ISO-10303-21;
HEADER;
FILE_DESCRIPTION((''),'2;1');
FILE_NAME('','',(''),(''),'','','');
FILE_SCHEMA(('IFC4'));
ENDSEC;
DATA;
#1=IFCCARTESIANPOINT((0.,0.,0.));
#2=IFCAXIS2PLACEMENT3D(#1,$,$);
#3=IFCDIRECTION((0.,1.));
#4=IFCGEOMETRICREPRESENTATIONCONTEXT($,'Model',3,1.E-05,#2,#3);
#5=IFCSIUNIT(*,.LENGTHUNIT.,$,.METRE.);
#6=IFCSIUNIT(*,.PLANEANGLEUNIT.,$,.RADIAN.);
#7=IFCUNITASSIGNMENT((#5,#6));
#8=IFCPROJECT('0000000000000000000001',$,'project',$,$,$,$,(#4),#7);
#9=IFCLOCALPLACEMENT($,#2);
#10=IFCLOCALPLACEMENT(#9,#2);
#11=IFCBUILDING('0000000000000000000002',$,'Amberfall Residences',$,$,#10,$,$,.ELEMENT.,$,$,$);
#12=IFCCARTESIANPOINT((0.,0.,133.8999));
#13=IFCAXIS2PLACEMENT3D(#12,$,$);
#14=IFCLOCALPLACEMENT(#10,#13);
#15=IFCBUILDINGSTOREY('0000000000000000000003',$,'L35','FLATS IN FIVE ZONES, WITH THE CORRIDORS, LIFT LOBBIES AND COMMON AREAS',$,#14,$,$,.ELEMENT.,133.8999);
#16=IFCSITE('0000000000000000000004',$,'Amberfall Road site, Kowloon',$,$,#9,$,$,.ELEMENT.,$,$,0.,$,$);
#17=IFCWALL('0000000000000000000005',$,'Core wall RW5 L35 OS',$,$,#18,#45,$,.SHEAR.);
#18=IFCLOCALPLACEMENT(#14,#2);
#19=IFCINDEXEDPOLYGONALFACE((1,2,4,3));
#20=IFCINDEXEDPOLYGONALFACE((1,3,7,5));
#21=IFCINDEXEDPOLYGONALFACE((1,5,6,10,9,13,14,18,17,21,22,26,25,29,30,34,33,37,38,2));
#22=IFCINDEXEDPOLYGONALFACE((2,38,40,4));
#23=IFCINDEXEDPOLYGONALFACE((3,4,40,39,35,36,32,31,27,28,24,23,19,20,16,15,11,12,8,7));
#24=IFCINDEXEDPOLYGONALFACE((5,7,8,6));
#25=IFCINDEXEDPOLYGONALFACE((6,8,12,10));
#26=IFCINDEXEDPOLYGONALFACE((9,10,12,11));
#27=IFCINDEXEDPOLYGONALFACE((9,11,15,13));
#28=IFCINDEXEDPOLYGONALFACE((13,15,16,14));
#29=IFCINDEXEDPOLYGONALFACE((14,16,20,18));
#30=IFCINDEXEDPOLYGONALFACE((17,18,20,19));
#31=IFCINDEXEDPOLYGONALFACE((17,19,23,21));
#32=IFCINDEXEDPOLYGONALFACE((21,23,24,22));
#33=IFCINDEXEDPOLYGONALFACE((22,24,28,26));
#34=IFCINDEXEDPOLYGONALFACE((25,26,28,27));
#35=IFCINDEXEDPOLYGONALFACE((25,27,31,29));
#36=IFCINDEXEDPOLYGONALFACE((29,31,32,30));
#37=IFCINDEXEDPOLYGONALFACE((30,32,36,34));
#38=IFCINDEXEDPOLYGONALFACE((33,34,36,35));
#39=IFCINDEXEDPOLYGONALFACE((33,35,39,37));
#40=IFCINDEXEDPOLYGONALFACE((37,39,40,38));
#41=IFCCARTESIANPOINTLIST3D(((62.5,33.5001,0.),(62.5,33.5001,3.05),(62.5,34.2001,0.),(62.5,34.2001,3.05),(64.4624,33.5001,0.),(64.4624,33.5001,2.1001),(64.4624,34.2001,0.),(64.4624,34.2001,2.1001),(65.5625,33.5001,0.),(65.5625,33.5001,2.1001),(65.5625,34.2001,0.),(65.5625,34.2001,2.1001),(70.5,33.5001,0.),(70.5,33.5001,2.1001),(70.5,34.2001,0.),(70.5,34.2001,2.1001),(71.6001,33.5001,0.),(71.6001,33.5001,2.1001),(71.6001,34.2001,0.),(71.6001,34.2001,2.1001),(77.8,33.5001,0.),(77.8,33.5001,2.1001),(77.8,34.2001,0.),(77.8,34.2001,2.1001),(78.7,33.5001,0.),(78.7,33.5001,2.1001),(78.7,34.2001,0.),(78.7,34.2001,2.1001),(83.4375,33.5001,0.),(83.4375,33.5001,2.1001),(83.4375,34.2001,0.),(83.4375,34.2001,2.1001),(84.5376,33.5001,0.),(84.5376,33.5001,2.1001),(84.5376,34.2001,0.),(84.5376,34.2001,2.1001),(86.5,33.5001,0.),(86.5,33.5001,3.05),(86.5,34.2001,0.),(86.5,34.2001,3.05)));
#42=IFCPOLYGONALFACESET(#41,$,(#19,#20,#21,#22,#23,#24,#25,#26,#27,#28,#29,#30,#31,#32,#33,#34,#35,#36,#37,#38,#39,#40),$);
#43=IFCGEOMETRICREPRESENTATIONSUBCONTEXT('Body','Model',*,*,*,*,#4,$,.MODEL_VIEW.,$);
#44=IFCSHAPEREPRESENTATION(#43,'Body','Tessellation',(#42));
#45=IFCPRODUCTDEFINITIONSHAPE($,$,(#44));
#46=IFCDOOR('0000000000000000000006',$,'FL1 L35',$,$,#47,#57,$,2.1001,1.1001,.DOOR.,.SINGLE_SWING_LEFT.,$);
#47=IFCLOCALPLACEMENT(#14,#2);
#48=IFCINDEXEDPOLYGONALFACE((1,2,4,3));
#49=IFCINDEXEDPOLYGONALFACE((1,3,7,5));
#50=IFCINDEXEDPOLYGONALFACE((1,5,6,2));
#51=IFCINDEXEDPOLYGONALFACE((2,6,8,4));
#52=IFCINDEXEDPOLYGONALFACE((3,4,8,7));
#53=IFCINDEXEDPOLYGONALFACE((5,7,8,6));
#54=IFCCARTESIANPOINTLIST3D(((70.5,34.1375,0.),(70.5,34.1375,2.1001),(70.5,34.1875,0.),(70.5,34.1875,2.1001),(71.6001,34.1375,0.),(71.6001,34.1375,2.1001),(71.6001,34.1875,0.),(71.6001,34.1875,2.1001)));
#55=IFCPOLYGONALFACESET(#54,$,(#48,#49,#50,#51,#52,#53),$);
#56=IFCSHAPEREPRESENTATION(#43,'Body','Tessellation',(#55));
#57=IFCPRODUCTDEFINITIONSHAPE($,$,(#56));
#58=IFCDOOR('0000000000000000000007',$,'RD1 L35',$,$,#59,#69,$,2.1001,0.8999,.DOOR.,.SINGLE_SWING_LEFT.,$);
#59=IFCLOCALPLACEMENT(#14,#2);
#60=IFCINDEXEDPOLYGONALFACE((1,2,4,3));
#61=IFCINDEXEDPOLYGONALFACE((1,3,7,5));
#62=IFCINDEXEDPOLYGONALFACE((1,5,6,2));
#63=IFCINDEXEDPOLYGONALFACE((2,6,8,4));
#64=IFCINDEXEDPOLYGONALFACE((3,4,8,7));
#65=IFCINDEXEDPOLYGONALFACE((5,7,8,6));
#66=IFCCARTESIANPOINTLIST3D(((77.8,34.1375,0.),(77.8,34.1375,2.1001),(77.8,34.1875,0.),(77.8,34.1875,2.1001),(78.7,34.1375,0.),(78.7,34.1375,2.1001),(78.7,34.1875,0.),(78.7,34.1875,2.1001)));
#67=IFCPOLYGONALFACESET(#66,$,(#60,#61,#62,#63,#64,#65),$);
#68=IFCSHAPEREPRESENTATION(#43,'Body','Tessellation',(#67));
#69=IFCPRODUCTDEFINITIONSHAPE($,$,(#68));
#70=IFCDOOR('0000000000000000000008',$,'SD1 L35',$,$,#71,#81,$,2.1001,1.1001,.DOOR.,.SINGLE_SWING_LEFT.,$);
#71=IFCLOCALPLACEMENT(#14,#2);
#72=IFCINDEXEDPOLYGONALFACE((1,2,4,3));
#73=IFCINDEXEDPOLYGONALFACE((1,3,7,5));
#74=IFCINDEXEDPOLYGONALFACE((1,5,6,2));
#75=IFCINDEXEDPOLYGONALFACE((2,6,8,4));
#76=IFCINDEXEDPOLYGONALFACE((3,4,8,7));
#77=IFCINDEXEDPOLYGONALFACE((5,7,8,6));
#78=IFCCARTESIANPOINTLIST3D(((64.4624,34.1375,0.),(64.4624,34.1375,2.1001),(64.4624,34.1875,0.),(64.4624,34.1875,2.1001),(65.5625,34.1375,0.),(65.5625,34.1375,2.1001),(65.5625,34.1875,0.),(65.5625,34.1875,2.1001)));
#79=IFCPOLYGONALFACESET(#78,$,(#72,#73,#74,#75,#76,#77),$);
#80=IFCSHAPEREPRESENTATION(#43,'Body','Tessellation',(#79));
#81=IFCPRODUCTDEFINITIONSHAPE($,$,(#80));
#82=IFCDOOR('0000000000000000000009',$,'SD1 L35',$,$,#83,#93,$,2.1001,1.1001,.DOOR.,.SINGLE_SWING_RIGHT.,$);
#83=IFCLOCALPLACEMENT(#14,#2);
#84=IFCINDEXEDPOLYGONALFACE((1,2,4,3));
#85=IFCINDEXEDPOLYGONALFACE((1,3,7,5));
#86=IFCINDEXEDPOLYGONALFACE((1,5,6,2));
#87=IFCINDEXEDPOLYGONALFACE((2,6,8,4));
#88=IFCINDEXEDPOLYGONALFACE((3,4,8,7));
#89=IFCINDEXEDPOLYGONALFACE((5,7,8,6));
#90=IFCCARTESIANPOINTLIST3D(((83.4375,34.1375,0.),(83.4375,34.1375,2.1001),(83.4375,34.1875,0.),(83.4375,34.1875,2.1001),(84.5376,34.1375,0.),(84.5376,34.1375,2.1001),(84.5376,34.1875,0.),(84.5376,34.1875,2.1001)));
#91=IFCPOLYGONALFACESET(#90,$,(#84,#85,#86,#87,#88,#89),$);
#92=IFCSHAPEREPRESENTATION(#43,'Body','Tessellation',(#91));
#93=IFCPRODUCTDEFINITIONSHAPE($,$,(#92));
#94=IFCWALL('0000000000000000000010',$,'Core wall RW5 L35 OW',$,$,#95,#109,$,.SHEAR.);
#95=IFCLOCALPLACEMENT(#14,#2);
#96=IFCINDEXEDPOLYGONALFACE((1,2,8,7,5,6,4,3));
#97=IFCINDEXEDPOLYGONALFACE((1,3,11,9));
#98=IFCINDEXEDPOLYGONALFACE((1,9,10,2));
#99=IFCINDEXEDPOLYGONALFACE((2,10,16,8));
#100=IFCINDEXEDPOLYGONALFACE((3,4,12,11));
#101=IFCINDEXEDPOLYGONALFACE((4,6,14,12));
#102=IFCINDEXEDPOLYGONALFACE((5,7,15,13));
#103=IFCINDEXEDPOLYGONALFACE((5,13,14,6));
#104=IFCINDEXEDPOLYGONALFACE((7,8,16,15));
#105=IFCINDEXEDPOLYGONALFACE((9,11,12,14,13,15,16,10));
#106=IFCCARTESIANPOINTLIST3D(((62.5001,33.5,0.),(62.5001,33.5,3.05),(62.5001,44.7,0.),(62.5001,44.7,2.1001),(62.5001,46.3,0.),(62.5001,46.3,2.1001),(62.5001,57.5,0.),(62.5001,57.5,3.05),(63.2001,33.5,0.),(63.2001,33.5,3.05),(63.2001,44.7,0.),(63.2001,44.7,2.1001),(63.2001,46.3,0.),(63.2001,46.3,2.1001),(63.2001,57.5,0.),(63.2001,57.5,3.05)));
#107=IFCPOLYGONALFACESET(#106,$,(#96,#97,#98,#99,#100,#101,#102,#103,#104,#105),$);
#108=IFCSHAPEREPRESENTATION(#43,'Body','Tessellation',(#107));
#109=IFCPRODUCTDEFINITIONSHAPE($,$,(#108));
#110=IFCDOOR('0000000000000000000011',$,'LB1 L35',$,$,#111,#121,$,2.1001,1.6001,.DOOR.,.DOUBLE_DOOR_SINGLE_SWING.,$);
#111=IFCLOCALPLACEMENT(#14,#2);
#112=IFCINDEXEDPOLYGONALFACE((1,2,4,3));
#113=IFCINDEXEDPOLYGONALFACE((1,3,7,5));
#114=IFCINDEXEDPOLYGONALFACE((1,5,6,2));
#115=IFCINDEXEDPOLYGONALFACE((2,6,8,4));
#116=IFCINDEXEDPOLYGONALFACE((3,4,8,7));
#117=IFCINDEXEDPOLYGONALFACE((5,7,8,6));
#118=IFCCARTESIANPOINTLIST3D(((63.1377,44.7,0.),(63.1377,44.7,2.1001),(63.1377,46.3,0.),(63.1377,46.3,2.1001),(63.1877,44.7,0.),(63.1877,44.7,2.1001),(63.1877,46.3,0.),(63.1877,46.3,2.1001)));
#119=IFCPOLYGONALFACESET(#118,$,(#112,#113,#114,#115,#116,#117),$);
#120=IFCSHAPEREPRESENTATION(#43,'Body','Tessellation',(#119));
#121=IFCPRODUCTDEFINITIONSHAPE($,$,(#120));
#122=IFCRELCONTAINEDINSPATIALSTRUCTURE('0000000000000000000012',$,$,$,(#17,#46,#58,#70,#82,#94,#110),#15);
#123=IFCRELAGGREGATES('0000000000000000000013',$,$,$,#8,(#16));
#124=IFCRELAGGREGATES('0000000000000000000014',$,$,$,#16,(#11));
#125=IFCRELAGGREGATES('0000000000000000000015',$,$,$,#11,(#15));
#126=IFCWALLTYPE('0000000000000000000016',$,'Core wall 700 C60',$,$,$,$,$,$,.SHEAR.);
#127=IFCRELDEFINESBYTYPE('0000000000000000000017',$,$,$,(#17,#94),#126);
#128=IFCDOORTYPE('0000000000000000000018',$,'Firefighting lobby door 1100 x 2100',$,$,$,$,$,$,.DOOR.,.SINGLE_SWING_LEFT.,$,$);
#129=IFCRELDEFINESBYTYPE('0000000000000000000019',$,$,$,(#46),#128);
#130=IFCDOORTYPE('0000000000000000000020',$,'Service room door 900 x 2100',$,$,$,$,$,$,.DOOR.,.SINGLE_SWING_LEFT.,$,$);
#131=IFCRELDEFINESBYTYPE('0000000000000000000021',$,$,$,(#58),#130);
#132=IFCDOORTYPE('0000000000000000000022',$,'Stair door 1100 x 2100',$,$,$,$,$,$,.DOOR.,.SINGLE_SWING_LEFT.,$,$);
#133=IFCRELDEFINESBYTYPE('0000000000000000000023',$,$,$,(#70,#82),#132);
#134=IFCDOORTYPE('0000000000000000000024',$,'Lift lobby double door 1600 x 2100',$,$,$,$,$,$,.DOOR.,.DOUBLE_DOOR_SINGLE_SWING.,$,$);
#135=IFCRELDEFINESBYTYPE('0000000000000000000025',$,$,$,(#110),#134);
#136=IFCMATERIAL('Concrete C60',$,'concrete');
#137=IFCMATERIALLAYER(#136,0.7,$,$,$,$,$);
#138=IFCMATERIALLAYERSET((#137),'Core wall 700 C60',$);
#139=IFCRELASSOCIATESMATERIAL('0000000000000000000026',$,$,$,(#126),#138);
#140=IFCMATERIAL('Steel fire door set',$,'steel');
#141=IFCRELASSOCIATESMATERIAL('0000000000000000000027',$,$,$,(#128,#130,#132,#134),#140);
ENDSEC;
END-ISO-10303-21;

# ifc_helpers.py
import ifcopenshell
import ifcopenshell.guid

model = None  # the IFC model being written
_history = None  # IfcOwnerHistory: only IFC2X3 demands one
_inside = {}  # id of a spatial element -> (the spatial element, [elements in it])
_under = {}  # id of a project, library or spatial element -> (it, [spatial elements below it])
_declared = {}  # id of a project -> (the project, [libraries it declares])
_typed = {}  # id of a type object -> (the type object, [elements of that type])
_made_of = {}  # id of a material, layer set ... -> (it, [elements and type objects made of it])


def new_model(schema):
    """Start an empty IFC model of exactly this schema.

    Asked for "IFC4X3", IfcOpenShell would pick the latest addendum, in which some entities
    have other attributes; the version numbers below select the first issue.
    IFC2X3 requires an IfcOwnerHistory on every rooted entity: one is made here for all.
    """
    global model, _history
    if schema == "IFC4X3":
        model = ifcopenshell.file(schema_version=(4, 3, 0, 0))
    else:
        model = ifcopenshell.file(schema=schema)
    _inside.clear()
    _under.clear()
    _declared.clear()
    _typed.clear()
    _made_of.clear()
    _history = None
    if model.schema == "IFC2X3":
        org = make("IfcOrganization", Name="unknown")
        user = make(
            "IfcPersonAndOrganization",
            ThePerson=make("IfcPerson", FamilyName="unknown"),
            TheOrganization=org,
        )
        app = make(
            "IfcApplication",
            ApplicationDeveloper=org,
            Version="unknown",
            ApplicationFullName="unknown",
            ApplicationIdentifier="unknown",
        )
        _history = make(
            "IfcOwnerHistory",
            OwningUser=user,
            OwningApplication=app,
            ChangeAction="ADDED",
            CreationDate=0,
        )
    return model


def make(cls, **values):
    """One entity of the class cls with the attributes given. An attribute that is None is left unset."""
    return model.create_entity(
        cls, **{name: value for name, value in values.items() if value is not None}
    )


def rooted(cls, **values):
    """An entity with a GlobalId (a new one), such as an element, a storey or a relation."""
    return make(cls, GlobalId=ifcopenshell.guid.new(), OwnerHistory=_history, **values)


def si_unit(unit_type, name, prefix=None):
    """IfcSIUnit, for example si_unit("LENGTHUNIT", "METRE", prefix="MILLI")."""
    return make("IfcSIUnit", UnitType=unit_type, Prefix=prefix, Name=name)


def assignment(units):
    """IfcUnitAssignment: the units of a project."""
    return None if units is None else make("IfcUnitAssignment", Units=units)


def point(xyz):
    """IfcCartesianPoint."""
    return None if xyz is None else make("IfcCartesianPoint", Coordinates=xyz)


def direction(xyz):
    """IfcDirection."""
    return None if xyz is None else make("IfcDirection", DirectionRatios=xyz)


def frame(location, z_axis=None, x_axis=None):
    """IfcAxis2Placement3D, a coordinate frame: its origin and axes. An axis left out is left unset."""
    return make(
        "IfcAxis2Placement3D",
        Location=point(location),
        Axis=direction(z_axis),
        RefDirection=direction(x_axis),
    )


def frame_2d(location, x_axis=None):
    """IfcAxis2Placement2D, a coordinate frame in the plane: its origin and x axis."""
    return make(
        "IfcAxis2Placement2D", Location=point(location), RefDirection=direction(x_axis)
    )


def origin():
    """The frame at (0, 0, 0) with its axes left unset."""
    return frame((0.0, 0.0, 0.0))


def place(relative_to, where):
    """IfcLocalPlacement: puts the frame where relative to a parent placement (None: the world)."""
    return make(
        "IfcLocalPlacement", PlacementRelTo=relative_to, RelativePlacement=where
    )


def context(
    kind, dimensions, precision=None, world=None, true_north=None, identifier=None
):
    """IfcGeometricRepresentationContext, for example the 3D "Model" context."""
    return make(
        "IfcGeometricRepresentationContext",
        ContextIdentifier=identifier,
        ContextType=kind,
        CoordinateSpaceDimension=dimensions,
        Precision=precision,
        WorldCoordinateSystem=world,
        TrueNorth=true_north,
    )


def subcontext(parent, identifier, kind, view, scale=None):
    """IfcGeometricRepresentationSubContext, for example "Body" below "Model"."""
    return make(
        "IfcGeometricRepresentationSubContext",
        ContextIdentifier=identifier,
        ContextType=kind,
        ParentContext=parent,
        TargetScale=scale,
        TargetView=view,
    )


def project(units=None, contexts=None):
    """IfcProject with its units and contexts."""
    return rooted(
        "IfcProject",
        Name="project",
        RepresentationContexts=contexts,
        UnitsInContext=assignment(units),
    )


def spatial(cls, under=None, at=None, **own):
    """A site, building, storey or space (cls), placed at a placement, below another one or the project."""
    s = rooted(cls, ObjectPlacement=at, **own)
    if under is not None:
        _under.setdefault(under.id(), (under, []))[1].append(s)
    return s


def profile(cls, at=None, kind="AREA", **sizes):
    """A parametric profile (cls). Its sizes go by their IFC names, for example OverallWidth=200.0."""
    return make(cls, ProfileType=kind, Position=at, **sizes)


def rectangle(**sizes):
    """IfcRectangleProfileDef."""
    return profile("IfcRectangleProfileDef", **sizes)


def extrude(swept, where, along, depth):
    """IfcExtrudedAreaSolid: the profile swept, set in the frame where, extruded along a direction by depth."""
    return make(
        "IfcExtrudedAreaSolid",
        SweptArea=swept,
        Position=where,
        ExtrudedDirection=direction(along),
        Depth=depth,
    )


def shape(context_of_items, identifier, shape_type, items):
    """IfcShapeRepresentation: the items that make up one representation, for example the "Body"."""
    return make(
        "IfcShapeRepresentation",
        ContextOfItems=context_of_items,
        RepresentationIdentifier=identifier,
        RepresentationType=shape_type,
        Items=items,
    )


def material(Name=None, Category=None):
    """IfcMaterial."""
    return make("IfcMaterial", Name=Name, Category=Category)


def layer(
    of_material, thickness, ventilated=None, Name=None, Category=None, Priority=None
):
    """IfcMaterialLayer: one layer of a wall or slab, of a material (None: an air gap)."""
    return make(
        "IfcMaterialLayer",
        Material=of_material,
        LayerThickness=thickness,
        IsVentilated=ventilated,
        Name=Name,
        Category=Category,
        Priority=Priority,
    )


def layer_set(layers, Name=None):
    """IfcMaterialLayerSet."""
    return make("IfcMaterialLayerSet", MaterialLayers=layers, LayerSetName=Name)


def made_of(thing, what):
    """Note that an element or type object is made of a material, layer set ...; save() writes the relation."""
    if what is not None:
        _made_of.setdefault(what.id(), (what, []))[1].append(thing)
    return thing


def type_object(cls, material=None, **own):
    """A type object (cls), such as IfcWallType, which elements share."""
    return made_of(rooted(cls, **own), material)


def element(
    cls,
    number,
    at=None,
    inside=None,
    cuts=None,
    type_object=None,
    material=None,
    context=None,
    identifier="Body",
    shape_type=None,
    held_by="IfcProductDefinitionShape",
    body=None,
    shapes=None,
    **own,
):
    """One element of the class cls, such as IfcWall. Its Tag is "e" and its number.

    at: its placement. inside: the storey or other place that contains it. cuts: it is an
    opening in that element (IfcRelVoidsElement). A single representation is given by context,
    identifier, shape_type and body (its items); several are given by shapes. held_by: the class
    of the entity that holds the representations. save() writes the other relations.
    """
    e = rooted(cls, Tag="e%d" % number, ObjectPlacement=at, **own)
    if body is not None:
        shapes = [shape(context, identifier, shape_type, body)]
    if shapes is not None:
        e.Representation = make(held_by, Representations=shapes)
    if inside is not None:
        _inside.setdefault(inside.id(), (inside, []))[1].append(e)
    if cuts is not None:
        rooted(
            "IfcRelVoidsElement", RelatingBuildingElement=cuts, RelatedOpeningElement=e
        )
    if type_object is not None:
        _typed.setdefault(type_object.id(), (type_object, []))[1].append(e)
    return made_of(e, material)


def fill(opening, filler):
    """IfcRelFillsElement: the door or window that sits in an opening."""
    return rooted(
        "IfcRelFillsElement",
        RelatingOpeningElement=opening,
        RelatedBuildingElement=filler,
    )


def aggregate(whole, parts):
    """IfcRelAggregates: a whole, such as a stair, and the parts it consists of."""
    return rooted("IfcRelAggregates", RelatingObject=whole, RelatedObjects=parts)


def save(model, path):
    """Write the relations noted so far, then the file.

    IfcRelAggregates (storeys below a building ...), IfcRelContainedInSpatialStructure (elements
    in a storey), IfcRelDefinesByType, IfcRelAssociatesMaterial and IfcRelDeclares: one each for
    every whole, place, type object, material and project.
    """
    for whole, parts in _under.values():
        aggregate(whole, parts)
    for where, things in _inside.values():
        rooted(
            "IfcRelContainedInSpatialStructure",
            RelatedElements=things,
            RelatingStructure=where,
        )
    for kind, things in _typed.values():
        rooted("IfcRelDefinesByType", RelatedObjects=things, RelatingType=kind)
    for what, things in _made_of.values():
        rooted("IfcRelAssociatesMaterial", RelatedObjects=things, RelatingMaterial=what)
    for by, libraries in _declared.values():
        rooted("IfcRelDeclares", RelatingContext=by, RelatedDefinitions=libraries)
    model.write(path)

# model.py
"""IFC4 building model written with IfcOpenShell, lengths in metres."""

from ifc_helpers import new_model, si_unit, direction, frame, frame_2d, origin, place, context, subcontext, project, spatial, rectangle, extrude, material, layer, layer_set, type_object, element, fill, save


model = new_model("IFC4")

# Units and contexts
model_context = context("Model", 3, precision=1e-05, world=origin(), true_north=direction((0.0, 1.0)))
body_context = subcontext(model_context, "Body", "Model", "MODEL_VIEW")
ifc_project = project(units=[si_unit("LENGTHUNIT", "METRE"), si_unit("PLANEANGLEUNIT", "RADIAN")], contexts=[model_context])

# Site, building, storey
site_placement = place(None, origin())
site = spatial("IfcSite", under=ifc_project, at=site_placement, Name="Amberfall Road site, Kowloon", CompositionType="ELEMENT", RefElevation=0.0)
building_placement = place(site_placement, origin())
building = spatial("IfcBuilding", under=site, at=building_placement, Name="Amberfall Residences", CompositionType="ELEMENT")
storey_placement = place(building_placement, frame((0.0, 0.0, 133.8999)))
storey = spatial("IfcBuildingStorey", under=building, at=storey_placement, Name="L35", Description="FLATS IN FIVE ZONES, WITH THE CORRIDORS, LIFT LOBBIES AND COMMON AREAS", CompositionType="ELEMENT", Elevation=133.8999)

# Wall, openings, doors
ifc_material_1 = material(Name="Concrete C60", Category="concrete")
ifc_layer_1 = layer(ifc_material_1, 0.7)
ifc_layer_set_1 = layer_set([ifc_layer_1], Name="Core wall 700 C60")
wall_type_1 = type_object("IfcWallType", Name="Core wall 700 C60", PredefinedType="SHEAR", material=ifc_layer_set_1)
wall_1_placement = place(storey_placement, frame((62.5, 33.8501, 0.0), z_axis=(0.0, 0.0, 1.0), x_axis=(1.0, 0.0, 0.0)))
wall_1 = element("IfcWall", 1, at=wall_1_placement, inside=storey, type_object=wall_type_1, Name="Core wall RW5 L35 OS", PredefinedType="SHEAR", context=body_context, shape_type="SweptSolid", body=[
    extrude(rectangle(XDim=24.0, YDim=0.7, at=frame_2d((12.0, 0.0))), origin(), (0.0, 0.0, 1.0), 3.05),
])
opening_1_placement = place(wall_1_placement, frame((1.9624, 0.0, 0.0)))
opening_1 = element("IfcOpeningElement", 2, at=opening_1_placement, cuts=wall_1, PredefinedType="OPENING", context=body_context, shape_type="SweptSolid", body=[
    extrude(rectangle(XDim=1.1001, YDim=2.1001, at=frame_2d((0.55, 1.05))), frame((0.0, 0.3599, 0.0), z_axis=(0.0, -1.0, 0.0), x_axis=(1.0, 0.0, 0.0)), (0.0, 0.0, 1.0), 0.72),
])
opening_2_placement = place(wall_1_placement, frame((20.9375, 0.0, 0.0)))
opening_2 = element("IfcOpeningElement", 3, at=opening_2_placement, cuts=wall_1, PredefinedType="OPENING", context=body_context, shape_type="SweptSolid", body=[
    extrude(rectangle(XDim=1.1001, YDim=2.1001, at=frame_2d((0.55, 1.05))), frame((0.0, 0.3599, 0.0), z_axis=(0.0, -1.0, 0.0), x_axis=(1.0, 0.0, 0.0)), (0.0, 0.0, 1.0), 0.72),
])
opening_3_placement = place(wall_1_placement, frame((8.0, 0.0, 0.0)))
opening_3 = element("IfcOpeningElement", 4, at=opening_3_placement, cuts=wall_1, PredefinedType="OPENING", context=body_context, shape_type="SweptSolid", body=[
    extrude(rectangle(XDim=1.1001, YDim=2.1001, at=frame_2d((0.55, 1.05))), frame((0.0, 0.3599, 0.0), z_axis=(0.0, -1.0, 0.0), x_axis=(1.0, 0.0, 0.0)), (0.0, 0.0, 1.0), 0.72),
])
opening_4_placement = place(wall_1_placement, frame((15.3, 0.0, 0.0)))
opening_4 = element("IfcOpeningElement", 5, at=opening_4_placement, cuts=wall_1, PredefinedType="OPENING", context=body_context, shape_type="SweptSolid", body=[
    extrude(rectangle(XDim=0.8999, YDim=2.1001, at=frame_2d((0.45, 1.05))), frame((0.0, 0.3599, 0.0), z_axis=(0.0, -1.0, 0.0), x_axis=(1.0, 0.0, 0.0)), (0.0, 0.0, 1.0), 0.72),
])
ifc_material_2 = material(Name="Steel fire door set", Category="steel")
door_type_1 = type_object("IfcDoorType", Name="Firefighting lobby door 1100 x 2100", OperationType="SINGLE_SWING_LEFT", PredefinedType="DOOR", material=ifc_material_2)
door_1_placement = place(opening_3_placement, origin())
door_1 = element("IfcDoor", 6, at=door_1_placement, inside=storey, type_object=door_type_1, Name="FL1 L35", OperationType="SINGLE_SWING_LEFT", OverallHeight=2.1001, OverallWidth=1.1001, PredefinedType="DOOR", context=body_context, shape_type="SweptSolid", body=[
    extrude(rectangle(XDim=1.1001, YDim=2.1001, at=frame_2d((0.55, 1.05))), frame((0.0, 0.3374, 0.0), z_axis=(0.0, -1.0, 0.0), x_axis=(1.0, 0.0, 0.0)), (0.0, 0.0, 1.0), 0.05),
])
fill(opening_3, door_1)
door_type_2 = type_object("IfcDoorType", Name="Service room door 900 x 2100", OperationType="SINGLE_SWING_LEFT", PredefinedType="DOOR", material=ifc_material_2)
door_2_placement = place(opening_4_placement, origin())
door_2 = element("IfcDoor", 7, at=door_2_placement, inside=storey, type_object=door_type_2, Name="RD1 L35", OperationType="SINGLE_SWING_LEFT", OverallHeight=2.1001, OverallWidth=0.8999, PredefinedType="DOOR", context=body_context, shape_type="SweptSolid", body=[
    extrude(rectangle(XDim=0.8999, YDim=2.1001, at=frame_2d((0.45, 1.05))), frame((0.0, 0.3374, 0.0), z_axis=(0.0, -1.0, 0.0), x_axis=(1.0, 0.0, 0.0)), (0.0, 0.0, 1.0), 0.05),
])
fill(opening_4, door_2)
door_type_3 = type_object("IfcDoorType", Name="Stair door 1100 x 2100", OperationType="SINGLE_SWING_LEFT", PredefinedType="DOOR", material=ifc_material_2)
door_3_placement = place(opening_1_placement, origin())
door_3 = element("IfcDoor", 8, at=door_3_placement, inside=storey, type_object=door_type_3, Name="SD1 L35", OperationType="SINGLE_SWING_LEFT", OverallHeight=2.1001, OverallWidth=1.1001, PredefinedType="DOOR", context=body_context, shape_type="SweptSolid", body=[
    extrude(rectangle(XDim=1.1001, YDim=2.1001, at=frame_2d((0.55, 1.05))), frame((0.0, 0.3374, 0.0), z_axis=(0.0, -1.0, 0.0), x_axis=(1.0, 0.0, 0.0)), (0.0, 0.0, 1.0), 0.05),
])
fill(opening_1, door_3)
door_4_placement = place(opening_2_placement, origin())
door_4 = element("IfcDoor", 9, at=door_4_placement, inside=storey, type_object=door_type_3, Name="SD1 L35", OperationType="SINGLE_SWING_RIGHT", OverallHeight=2.1001, OverallWidth=1.1001, PredefinedType="DOOR", context=body_context, shape_type="SweptSolid", body=[
    extrude(rectangle(XDim=1.1001, YDim=2.1001, at=frame_2d((0.55, 1.05))), frame((0.0, 0.3374, 0.0), z_axis=(0.0, -1.0, 0.0), x_axis=(1.0, 0.0, 0.0)), (0.0, 0.0, 1.0), 0.05),
])
fill(opening_2, door_4)

# Wall, opening, door
wall_2_placement = place(storey_placement, frame((62.8501, 33.5, 0.0), z_axis=(0.0, 0.0, 1.0), x_axis=(0.0, 1.0, 0.0)))
wall_2 = element("IfcWall", 10, at=wall_2_placement, inside=storey, type_object=wall_type_1, Name="Core wall RW5 L35 OW", PredefinedType="SHEAR", context=body_context, shape_type="SweptSolid", body=[
    extrude(rectangle(XDim=24.0, YDim=0.7, at=frame_2d((12.0, 0.0))), origin(), (0.0, 0.0, 1.0), 3.05),
])
opening_5_placement = place(wall_2_placement, frame((11.2, 0.0, 0.0)))
opening_5 = element("IfcOpeningElement", 11, at=opening_5_placement, cuts=wall_2, PredefinedType="OPENING", context=body_context, shape_type="SweptSolid", body=[
    extrude(rectangle(XDim=1.6001, YDim=2.1001, at=frame_2d((0.8, 1.05))), frame((0.0, 0.3599, 0.0), z_axis=(0.0, -1.0, 0.0), x_axis=(1.0, 0.0, 0.0)), (0.0, 0.0, 1.0), 0.72),
])
door_type_4 = type_object("IfcDoorType", Name="Lift lobby double door 1600 x 2100", OperationType="DOUBLE_DOOR_SINGLE_SWING", PredefinedType="DOOR", material=ifc_material_2)
door_5_placement = place(opening_5_placement, origin())
door_5 = element("IfcDoor", 12, at=door_5_placement, inside=storey, type_object=door_type_4, Name="LB1 L35", OperationType="DOUBLE_DOOR_SINGLE_SWING", OverallHeight=2.1001, OverallWidth=1.6001, PredefinedType="DOOR", context=body_context, shape_type="SweptSolid", body=[
    extrude(rectangle(XDim=1.6001, YDim=2.1001, at=frame_2d((0.8, 1.05))), frame((0.0, -0.2876, 0.0), z_axis=(0.0, -1.0, 0.0), x_axis=(1.0, 0.0, 0.0)), (0.0, 0.0, 1.0), 0.05),
])
fill(opening_5, door_5)

save(model, "model.ifc")
